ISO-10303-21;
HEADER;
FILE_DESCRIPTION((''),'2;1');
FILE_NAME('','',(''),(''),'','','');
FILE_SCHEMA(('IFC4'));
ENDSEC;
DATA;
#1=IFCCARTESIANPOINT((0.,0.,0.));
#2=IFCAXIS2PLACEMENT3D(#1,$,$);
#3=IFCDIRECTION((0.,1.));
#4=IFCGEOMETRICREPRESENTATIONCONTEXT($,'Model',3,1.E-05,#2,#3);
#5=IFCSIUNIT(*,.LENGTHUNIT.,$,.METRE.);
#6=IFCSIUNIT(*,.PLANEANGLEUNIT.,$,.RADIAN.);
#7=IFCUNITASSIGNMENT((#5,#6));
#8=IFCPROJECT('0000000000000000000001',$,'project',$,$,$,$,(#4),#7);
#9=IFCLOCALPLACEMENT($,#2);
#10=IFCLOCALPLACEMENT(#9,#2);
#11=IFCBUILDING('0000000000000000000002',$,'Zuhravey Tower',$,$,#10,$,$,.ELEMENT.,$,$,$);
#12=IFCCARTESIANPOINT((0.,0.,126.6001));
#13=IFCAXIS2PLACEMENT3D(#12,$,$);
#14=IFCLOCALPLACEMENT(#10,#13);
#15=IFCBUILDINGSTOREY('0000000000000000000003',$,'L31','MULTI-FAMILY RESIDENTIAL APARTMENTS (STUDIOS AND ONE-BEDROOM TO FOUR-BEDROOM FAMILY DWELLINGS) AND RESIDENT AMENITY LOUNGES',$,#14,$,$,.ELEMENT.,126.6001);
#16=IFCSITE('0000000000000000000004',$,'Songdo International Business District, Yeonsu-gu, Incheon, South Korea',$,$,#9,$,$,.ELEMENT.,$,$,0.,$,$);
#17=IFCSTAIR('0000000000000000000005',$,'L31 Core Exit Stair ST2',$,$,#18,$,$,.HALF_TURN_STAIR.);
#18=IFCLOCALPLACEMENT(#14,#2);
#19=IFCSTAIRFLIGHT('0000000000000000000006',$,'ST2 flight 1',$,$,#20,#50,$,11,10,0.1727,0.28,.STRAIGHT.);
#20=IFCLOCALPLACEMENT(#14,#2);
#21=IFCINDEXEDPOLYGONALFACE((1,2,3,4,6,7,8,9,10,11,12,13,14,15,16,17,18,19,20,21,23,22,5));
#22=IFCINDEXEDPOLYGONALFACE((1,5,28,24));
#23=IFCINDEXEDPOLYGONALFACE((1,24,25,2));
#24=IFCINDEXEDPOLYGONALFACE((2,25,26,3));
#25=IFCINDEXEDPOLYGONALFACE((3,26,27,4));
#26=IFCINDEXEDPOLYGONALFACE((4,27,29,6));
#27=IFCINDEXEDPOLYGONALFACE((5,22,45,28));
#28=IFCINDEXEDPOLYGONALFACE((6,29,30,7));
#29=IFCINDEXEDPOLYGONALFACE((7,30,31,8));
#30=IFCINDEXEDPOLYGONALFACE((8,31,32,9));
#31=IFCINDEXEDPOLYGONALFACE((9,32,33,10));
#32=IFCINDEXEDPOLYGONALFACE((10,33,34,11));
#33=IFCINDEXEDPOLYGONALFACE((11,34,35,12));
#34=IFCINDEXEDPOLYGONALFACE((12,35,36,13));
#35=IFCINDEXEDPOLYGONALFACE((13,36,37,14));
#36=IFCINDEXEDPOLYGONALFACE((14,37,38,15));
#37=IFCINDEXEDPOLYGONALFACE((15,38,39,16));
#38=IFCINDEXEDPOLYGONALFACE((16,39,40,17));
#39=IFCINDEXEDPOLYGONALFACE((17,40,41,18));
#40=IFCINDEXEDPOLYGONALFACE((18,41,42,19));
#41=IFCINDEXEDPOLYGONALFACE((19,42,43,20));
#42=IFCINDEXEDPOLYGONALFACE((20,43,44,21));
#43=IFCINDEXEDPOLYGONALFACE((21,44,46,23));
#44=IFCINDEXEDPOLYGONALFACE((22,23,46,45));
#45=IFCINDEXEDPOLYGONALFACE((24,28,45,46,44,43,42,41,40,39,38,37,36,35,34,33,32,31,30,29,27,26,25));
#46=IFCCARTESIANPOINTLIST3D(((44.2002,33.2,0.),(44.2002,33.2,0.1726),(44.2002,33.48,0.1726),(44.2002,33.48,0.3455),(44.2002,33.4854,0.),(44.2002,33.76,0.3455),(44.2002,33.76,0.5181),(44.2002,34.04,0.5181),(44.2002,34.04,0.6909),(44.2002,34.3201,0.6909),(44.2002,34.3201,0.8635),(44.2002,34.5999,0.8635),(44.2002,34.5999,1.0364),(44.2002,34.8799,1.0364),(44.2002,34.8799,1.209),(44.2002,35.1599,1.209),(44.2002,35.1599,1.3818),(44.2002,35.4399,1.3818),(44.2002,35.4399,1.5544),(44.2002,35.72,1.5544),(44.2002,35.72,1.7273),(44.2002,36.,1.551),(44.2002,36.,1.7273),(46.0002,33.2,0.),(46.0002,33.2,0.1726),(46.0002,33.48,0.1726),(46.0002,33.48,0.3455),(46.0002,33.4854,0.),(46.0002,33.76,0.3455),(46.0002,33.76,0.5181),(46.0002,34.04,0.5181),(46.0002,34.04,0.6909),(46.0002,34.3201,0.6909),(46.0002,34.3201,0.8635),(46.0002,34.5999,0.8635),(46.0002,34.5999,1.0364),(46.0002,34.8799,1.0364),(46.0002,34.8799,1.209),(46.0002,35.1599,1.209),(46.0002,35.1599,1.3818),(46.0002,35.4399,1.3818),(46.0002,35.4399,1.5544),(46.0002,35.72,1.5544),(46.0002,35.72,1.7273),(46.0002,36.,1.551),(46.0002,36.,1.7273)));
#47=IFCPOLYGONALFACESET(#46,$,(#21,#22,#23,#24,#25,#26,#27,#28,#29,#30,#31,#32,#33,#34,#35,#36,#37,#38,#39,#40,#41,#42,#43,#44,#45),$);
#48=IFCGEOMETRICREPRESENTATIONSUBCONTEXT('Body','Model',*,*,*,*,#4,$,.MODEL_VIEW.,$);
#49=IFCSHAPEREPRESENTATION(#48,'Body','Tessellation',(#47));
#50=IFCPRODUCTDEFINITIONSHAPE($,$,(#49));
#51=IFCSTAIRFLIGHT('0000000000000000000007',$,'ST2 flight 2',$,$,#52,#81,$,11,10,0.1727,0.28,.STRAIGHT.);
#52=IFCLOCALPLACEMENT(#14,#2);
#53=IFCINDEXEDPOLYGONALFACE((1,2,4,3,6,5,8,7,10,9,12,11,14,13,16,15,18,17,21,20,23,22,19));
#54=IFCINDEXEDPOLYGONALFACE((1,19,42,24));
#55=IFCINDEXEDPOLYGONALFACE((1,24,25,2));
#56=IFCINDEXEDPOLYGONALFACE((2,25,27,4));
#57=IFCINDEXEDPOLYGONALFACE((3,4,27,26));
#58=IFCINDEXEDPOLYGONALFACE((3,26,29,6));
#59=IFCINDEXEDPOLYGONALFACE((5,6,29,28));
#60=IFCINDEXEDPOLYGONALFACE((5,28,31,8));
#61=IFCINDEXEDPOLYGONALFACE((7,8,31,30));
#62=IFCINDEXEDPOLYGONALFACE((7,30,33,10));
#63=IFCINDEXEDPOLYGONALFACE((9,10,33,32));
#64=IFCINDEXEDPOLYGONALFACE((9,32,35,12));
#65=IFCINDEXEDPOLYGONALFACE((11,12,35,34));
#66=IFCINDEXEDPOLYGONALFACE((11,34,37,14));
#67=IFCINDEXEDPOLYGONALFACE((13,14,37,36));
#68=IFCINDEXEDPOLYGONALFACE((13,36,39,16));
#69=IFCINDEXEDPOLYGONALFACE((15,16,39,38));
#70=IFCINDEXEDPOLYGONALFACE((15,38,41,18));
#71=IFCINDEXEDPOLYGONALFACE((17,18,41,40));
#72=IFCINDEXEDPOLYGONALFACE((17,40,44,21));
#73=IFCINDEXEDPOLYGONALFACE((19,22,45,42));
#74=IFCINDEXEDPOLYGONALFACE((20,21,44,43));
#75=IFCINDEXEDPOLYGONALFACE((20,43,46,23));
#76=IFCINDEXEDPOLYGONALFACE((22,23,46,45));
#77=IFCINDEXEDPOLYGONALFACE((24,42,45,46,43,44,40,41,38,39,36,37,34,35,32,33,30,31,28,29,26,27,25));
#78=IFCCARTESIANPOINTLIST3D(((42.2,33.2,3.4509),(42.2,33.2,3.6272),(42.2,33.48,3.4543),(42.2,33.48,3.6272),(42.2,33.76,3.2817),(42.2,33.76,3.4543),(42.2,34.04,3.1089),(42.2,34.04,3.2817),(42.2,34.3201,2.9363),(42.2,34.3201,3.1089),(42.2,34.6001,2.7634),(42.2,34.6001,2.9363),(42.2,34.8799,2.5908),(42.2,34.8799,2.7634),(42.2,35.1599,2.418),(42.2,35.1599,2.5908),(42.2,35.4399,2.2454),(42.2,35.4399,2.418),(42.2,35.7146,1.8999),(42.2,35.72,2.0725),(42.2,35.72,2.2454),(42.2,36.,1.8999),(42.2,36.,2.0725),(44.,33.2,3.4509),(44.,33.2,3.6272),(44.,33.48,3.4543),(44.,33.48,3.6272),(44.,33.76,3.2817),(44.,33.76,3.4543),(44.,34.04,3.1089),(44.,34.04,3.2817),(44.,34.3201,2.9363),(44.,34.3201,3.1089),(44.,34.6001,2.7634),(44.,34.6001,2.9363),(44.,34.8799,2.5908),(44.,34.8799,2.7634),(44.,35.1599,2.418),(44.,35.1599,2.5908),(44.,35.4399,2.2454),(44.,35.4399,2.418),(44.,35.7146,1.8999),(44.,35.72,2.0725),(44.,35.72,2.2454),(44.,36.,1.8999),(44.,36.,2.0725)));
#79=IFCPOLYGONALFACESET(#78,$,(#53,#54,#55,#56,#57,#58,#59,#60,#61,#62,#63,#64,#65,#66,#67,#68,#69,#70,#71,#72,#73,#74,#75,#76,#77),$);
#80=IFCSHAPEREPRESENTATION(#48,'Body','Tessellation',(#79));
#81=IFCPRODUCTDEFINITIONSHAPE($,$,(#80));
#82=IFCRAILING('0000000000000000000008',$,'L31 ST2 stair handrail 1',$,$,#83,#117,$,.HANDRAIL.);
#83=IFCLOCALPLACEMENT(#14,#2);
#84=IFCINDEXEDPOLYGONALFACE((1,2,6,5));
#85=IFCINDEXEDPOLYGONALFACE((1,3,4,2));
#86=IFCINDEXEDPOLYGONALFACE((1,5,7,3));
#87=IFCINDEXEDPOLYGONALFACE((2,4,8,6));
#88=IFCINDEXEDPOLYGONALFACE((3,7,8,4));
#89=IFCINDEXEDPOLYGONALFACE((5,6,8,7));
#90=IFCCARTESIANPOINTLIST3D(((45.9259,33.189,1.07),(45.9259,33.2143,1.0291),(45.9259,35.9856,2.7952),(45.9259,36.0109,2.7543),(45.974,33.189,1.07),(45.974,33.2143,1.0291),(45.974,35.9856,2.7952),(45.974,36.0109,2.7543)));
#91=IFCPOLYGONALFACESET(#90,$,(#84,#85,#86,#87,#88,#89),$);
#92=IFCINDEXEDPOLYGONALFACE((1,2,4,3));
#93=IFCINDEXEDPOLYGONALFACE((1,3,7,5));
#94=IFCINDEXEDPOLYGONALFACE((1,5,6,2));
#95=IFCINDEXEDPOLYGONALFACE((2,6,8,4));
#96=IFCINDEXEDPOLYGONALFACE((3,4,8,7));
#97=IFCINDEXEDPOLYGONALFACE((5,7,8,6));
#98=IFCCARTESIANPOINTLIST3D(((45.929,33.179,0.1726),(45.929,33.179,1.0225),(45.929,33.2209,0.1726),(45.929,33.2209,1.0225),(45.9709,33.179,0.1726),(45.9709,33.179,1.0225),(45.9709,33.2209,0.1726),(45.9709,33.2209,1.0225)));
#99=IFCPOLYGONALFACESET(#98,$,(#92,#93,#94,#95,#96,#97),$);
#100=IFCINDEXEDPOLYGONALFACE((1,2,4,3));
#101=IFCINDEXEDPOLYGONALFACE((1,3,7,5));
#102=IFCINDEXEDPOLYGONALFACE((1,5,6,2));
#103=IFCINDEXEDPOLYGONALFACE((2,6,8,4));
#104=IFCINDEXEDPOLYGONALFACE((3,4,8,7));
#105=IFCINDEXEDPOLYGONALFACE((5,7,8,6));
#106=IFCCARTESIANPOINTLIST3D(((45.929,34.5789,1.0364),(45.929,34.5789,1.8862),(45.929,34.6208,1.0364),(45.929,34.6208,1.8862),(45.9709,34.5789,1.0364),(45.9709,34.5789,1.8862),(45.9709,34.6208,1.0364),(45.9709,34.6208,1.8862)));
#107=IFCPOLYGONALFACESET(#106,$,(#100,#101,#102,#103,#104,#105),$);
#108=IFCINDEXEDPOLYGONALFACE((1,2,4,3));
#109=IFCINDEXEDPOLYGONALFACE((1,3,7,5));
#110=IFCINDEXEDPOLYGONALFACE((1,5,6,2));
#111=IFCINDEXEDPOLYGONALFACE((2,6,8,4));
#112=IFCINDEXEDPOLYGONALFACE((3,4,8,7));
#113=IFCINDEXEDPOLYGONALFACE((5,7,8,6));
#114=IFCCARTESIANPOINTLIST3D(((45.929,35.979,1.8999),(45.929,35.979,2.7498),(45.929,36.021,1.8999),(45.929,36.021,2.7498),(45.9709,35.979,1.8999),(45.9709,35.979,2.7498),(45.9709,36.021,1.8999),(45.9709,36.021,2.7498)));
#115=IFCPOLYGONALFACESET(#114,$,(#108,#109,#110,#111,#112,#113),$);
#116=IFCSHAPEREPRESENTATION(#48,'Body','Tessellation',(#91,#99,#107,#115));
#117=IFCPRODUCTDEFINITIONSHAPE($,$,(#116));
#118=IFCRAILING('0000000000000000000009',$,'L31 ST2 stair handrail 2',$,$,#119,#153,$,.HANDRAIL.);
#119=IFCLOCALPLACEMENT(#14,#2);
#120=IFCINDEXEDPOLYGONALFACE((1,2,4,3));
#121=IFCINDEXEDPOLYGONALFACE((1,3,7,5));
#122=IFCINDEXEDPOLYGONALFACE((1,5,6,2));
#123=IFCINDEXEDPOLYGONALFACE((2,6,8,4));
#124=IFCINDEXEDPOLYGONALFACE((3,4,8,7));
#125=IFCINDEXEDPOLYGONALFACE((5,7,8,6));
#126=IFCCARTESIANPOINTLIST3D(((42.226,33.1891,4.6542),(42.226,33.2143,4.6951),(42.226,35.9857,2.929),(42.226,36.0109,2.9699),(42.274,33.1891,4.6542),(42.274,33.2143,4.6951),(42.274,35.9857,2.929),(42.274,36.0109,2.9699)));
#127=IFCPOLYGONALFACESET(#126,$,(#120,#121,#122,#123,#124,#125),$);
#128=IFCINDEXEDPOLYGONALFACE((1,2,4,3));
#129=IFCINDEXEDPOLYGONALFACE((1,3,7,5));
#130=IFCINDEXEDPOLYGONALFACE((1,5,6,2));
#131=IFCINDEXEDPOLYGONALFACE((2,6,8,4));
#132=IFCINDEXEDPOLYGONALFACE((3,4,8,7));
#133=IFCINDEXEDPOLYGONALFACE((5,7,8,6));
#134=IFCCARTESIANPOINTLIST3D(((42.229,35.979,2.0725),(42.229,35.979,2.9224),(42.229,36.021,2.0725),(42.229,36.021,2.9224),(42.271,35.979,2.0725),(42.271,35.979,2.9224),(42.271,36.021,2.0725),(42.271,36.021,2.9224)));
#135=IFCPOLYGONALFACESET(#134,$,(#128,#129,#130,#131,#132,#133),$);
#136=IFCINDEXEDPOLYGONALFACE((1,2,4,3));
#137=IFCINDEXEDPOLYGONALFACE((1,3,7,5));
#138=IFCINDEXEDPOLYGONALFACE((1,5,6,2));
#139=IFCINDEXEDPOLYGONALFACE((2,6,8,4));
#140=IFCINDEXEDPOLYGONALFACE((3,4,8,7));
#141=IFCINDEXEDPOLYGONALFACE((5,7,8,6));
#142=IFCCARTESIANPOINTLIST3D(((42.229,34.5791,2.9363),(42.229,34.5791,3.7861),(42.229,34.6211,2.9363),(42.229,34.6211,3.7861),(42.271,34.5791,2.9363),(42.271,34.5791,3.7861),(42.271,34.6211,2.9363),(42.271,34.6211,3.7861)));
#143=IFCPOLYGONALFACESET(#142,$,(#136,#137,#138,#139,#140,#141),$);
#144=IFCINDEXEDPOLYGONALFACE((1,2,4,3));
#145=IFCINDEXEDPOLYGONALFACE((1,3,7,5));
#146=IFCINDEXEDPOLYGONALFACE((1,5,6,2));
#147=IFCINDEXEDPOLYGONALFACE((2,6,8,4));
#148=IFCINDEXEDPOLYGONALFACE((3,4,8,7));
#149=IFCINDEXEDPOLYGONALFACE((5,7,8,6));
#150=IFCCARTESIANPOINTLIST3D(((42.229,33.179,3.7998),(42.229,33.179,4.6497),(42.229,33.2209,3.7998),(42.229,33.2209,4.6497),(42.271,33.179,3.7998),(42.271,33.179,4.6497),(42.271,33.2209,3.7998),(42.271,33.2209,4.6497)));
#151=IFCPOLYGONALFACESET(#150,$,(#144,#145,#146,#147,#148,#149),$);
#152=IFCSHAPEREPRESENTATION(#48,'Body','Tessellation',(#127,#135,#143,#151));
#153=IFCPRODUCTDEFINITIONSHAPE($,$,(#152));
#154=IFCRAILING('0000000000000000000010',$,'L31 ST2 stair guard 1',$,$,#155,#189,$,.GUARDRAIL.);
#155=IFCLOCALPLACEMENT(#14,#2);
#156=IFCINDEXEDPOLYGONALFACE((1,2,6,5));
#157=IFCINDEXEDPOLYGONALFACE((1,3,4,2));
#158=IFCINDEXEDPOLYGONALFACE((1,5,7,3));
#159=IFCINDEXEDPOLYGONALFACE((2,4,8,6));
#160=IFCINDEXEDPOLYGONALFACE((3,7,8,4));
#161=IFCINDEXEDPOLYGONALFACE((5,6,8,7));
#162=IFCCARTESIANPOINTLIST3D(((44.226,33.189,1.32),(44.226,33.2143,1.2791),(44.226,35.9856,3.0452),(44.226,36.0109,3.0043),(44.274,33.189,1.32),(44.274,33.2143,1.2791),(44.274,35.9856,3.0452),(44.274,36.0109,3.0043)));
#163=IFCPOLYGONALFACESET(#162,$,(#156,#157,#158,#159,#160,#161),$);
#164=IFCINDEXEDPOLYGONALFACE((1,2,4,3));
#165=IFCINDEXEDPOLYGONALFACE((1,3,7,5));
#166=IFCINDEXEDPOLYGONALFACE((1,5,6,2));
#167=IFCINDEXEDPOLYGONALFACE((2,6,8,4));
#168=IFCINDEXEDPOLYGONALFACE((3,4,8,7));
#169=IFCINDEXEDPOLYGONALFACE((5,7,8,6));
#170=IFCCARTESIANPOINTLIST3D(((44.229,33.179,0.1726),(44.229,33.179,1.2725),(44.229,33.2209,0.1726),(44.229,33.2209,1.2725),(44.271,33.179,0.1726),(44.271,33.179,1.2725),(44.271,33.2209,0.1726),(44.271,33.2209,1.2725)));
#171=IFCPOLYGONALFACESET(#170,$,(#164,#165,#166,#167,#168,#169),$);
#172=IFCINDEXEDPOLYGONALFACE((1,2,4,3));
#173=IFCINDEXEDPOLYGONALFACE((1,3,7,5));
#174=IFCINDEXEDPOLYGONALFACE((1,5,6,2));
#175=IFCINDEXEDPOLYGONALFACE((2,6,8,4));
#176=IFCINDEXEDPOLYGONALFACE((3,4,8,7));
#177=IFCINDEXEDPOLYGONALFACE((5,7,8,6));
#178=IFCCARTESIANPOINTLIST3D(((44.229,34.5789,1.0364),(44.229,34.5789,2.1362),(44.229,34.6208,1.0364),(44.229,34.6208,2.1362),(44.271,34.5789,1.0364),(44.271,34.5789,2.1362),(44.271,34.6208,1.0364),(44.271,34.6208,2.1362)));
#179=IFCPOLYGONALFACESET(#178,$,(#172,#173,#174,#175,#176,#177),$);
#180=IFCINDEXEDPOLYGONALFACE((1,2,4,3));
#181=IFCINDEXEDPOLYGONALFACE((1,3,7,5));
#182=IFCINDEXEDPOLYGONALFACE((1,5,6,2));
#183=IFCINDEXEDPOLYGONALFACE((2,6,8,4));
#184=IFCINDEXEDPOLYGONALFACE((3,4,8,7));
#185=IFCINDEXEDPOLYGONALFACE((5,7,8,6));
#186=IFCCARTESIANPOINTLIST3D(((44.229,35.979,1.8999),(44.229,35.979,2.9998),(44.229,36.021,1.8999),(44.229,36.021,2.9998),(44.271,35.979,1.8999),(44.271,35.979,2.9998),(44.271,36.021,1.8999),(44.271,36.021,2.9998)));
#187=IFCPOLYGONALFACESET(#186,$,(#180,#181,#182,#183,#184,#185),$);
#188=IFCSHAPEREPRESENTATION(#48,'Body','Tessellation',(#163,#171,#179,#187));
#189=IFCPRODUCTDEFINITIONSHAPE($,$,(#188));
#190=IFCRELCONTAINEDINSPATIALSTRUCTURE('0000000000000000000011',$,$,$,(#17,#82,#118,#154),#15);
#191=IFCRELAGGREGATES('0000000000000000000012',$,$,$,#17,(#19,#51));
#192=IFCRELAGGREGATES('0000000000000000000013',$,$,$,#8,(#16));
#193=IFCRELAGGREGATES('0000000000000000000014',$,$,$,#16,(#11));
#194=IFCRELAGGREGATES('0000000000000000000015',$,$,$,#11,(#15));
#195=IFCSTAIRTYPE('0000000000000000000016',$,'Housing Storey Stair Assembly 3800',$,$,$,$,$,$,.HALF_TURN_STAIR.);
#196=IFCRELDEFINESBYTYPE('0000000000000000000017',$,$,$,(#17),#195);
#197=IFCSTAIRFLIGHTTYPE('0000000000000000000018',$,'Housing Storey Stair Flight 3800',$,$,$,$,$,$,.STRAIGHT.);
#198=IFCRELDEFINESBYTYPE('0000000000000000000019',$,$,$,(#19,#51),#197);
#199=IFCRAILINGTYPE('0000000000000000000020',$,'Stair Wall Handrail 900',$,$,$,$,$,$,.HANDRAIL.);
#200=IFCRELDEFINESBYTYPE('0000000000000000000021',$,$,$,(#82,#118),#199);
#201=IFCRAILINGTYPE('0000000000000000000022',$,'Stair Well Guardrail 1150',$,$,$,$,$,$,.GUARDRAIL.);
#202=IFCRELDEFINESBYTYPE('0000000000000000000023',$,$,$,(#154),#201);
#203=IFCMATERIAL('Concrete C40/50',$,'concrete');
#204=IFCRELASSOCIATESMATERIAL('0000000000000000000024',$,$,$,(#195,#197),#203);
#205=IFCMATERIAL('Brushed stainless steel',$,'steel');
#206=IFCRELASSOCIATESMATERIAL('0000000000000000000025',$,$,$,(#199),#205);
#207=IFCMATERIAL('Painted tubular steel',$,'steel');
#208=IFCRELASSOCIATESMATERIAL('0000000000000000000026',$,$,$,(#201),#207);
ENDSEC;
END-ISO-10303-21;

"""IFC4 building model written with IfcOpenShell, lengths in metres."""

from ifc_helpers import new_model, si_unit, direction, frame, origin, origin_2d, place, context, subcontext, project, spatial, polyline, rectangle, outline, extrude, material, type_object, element, aggregate, save


model = new_model("IFC4")

# Units and contexts
model_context = context("Model", 3, precision=1e-05, world=origin(), true_north=direction((0.0, 1.0)))
body_context = subcontext(model_context, "Body", "Model", "MODEL_VIEW")
ifc_project = project(units=[si_unit("LENGTHUNIT", "METRE"), si_unit("PLANEANGLEUNIT", "RADIAN")], contexts=[model_context])

# Site, building, storey
site_placement = place(None, origin())
site = spatial("IfcSite", under=ifc_project, at=site_placement, Name="Songdo International Business District, Yeonsu-gu, Incheon, South Korea", CompositionType="ELEMENT", RefElevation=0.0)
building_placement = place(site_placement, origin())
building = spatial("IfcBuilding", under=site, at=building_placement, Name="Zuhravey Tower", CompositionType="ELEMENT")
storey_placement = place(building_placement, frame((0.0, 0.0, 126.6001)))
storey = spatial("IfcBuildingStorey", under=building, at=storey_placement, Name="L31", Description="MULTI-FAMILY RESIDENTIAL APARTMENTS (STUDIOS AND ONE-BEDROOM TO FOUR-BEDROOM FAMILY DWELLINGS) AND RESIDENT AMENITY LOUNGES", CompositionType="ELEMENT", Elevation=126.6001)

# Stair, stair flights
ifc_material_1 = material(Name="Concrete C40/50", Category="concrete")
stair_type = type_object("IfcStairType", Name="Housing Storey Stair Assembly 3800", PredefinedType="HALF_TURN_STAIR", material=ifc_material_1)
stair_placement = place(storey_placement, origin())
stair = element("IfcStair", 1, at=stair_placement, inside=storey, type_object=stair_type, Name="L31 Core Exit Stair ST2", PredefinedType="HALF_TURN_STAIR")
stair_flight_type = type_object("IfcStairFlightType", Name="Housing Storey Stair Flight 3800", PredefinedType="STRAIGHT", material=ifc_material_1)
stair_flight_1_placement = place(storey_placement, frame((45.1001, 33.2, 0.0), z_axis=(0.0, 0.0, 1.0), x_axis=(0.0, 1.0, 0.0)))
stair_flight_1 = element("IfcStairFlight", 2, at=stair_flight_1_placement, type_object=stair_flight_type, Name="ST2 flight 1", NumberOfRisers=11, NumberOfTreads=10, PredefinedType="STRAIGHT", RiserHeight=0.1727, TreadLength=0.28, context=body_context, shape_type="SweptSolid", body=[
    extrude(outline(polyline([(0.0, 0.0), (0.0, 0.1726), (0.28, 0.1726), (0.28, 0.3455), (0.5601, 0.3455), (0.5601, 0.5181), (0.8401, 0.5181), (0.8401, 0.6909), (1.1201, 0.6909), (1.1201, 0.8635), (1.3999, 0.8635), (1.3999, 1.0364), (1.6799, 1.0364), (1.6799, 1.209), (1.96, 1.209), (1.96, 1.3818), (2.24, 1.3818), (2.24, 1.5544), (2.52, 1.5544), (2.52, 1.7273), (2.8, 1.7273), (2.8, 1.8999), (2.8, 1.551), (0.2854, 0.0), (0.0, 0.0)])), frame((0.0, 0.8999, 0.0), z_axis=(0.0, -1.0, 0.0), x_axis=(1.0, 0.0, 0.0)), (0.0, 0.0, 1.0), 1.8),
])
stair_flight_2_placement = place(storey_placement, frame((43.1001, 36.0, 1.8999), z_axis=(0.0, 0.0, 1.0), x_axis=(0.0, -1.0, 0.0)))
stair_flight_2 = element("IfcStairFlight", 3, at=stair_flight_2_placement, type_object=stair_flight_type, Name="ST2 flight 2", NumberOfRisers=11, NumberOfTreads=10, PredefinedType="STRAIGHT", RiserHeight=0.1727, TreadLength=0.28, context=body_context, shape_type="SweptSolid", body=[
    extrude(outline(polyline([(0.0, 0.0), (0.0, 0.1726), (0.28, 0.1726), (0.28, 0.3455), (0.5601, 0.3455), (0.5601, 0.5181), (0.8401, 0.5181), (0.8401, 0.6909), (1.1201, 0.6909), (1.1201, 0.8635), (1.3999, 0.8635), (1.3999, 1.0364), (1.6799, 1.0364), (1.6799, 1.209), (1.96, 1.209), (1.96, 1.3818), (2.24, 1.3818), (2.24, 1.5544), (2.52, 1.5544), (2.52, 1.7273), (2.8, 1.7273), (2.8, 1.8999), (2.8, 1.551), (0.2854, 0.0), (0.0, 0.0)])), frame((0.0, 0.8999, 0.0), z_axis=(0.0, -1.0, 0.0), x_axis=(1.0, 0.0, 0.0)), (0.0, 0.0, 1.0), 1.8),
])
aggregate(stair, [stair_flight_1, stair_flight_2])

# Railings
ifc_material_2 = material(Name="Brushed stainless steel", Category="steel")
railing_type_1 = type_object("IfcRailingType", Name="Stair Wall Handrail 900", PredefinedType="HANDRAIL", material=ifc_material_2)
railing_1_placement = place(storey_placement, frame((45.95, 33.2, 0.1726)))
element("IfcRailing", 4, at=railing_1_placement, inside=storey, type_object=railing_type_1, Name="L31 ST2 stair handrail 1", PredefinedType="HANDRAIL", context=body_context, shape_type="SweptSolid", body=[
    extrude(rectangle(XDim=0.0481, YDim=0.0481, at=origin_2d()), frame((0.0, 0.0017, 0.877), z_axis=(0.0, 0.85109, 0.52502), x_axis=(-1.0, 0.0, 0.0)), (0.0, 0.0, 1.0), 3.2859),
    extrude(rectangle(XDim=0.042, YDim=0.042, at=origin_2d()), origin(), (0.0, 0.0, 1.0), 0.8499),
    extrude(rectangle(XDim=0.042, YDim=0.042, at=origin_2d()), frame((0.0, 1.3999, 0.8638)), (0.0, 0.0, 1.0), 0.8499),
    extrude(rectangle(XDim=0.042, YDim=0.042, at=origin_2d()), frame((0.0, 2.8, 1.7273)), (0.0, 0.0, 1.0), 0.8499),
])
railing_2_placement = place(storey_placement, frame((42.25, 36.0, 2.0725)))
element("IfcRailing", 5, at=railing_2_placement, inside=storey, type_object=railing_type_1, Name="L31 ST2 stair handrail 2", PredefinedType="HANDRAIL", context=body_context, shape_type="SweptSolid", body=[
    extrude(rectangle(XDim=0.0481, YDim=0.0481, at=origin_2d()), frame((0.0, -0.0017, 0.877), z_axis=(0.0, -0.85109, 0.52502), x_axis=(1.0, 0.0, 0.0)), (0.0, 0.0, 1.0), 3.2859),
    extrude(rectangle(XDim=0.042, YDim=0.042, at=origin_2d()), origin(), (0.0, 0.0, 1.0), 0.8499),
    extrude(rectangle(XDim=0.042, YDim=0.042, at=origin_2d()), frame((0.0, -1.3999, 0.8638)), (0.0, 0.0, 1.0), 0.8499),
    extrude(rectangle(XDim=0.042, YDim=0.042, at=origin_2d()), frame((0.0, -2.8, 1.7273)), (0.0, 0.0, 1.0), 0.8499),
])
ifc_material_3 = material(Name="Painted tubular steel", Category="steel")
railing_type_2 = type_object("IfcRailingType", Name="Stair Well Guardrail 1150", PredefinedType="GUARDRAIL", material=ifc_material_3)
railing_3_placement = place(storey_placement, frame((44.25, 33.2, 0.1726)))
element("IfcRailing", 6, at=railing_3_placement, inside=storey, type_object=railing_type_2, Name="L31 ST2 stair guard 1", PredefinedType="GUARDRAIL", context=body_context, shape_type="SweptSolid", body=[
    extrude(rectangle(XDim=0.0481, YDim=0.0481, at=origin_2d()), frame((0.0, 0.0017, 1.127), z_axis=(0.0, 0.85109, 0.52502), x_axis=(-1.0, 0.0, 0.0)), (0.0, 0.0, 1.0), 3.2859),
    extrude(rectangle(XDim=0.042, YDim=0.042, at=origin_2d()), origin(), (0.0, 0.0, 1.0), 1.0999),
    extrude(rectangle(XDim=0.042, YDim=0.042, at=origin_2d()), frame((0.0, 1.3999, 0.8638)), (0.0, 0.0, 1.0), 1.0999),
    extrude(rectangle(XDim=0.042, YDim=0.042, at=origin_2d()), frame((0.0, 2.8, 1.7273)), (0.0, 0.0, 1.0), 1.0999),
])

save(model, "model.ifc")
